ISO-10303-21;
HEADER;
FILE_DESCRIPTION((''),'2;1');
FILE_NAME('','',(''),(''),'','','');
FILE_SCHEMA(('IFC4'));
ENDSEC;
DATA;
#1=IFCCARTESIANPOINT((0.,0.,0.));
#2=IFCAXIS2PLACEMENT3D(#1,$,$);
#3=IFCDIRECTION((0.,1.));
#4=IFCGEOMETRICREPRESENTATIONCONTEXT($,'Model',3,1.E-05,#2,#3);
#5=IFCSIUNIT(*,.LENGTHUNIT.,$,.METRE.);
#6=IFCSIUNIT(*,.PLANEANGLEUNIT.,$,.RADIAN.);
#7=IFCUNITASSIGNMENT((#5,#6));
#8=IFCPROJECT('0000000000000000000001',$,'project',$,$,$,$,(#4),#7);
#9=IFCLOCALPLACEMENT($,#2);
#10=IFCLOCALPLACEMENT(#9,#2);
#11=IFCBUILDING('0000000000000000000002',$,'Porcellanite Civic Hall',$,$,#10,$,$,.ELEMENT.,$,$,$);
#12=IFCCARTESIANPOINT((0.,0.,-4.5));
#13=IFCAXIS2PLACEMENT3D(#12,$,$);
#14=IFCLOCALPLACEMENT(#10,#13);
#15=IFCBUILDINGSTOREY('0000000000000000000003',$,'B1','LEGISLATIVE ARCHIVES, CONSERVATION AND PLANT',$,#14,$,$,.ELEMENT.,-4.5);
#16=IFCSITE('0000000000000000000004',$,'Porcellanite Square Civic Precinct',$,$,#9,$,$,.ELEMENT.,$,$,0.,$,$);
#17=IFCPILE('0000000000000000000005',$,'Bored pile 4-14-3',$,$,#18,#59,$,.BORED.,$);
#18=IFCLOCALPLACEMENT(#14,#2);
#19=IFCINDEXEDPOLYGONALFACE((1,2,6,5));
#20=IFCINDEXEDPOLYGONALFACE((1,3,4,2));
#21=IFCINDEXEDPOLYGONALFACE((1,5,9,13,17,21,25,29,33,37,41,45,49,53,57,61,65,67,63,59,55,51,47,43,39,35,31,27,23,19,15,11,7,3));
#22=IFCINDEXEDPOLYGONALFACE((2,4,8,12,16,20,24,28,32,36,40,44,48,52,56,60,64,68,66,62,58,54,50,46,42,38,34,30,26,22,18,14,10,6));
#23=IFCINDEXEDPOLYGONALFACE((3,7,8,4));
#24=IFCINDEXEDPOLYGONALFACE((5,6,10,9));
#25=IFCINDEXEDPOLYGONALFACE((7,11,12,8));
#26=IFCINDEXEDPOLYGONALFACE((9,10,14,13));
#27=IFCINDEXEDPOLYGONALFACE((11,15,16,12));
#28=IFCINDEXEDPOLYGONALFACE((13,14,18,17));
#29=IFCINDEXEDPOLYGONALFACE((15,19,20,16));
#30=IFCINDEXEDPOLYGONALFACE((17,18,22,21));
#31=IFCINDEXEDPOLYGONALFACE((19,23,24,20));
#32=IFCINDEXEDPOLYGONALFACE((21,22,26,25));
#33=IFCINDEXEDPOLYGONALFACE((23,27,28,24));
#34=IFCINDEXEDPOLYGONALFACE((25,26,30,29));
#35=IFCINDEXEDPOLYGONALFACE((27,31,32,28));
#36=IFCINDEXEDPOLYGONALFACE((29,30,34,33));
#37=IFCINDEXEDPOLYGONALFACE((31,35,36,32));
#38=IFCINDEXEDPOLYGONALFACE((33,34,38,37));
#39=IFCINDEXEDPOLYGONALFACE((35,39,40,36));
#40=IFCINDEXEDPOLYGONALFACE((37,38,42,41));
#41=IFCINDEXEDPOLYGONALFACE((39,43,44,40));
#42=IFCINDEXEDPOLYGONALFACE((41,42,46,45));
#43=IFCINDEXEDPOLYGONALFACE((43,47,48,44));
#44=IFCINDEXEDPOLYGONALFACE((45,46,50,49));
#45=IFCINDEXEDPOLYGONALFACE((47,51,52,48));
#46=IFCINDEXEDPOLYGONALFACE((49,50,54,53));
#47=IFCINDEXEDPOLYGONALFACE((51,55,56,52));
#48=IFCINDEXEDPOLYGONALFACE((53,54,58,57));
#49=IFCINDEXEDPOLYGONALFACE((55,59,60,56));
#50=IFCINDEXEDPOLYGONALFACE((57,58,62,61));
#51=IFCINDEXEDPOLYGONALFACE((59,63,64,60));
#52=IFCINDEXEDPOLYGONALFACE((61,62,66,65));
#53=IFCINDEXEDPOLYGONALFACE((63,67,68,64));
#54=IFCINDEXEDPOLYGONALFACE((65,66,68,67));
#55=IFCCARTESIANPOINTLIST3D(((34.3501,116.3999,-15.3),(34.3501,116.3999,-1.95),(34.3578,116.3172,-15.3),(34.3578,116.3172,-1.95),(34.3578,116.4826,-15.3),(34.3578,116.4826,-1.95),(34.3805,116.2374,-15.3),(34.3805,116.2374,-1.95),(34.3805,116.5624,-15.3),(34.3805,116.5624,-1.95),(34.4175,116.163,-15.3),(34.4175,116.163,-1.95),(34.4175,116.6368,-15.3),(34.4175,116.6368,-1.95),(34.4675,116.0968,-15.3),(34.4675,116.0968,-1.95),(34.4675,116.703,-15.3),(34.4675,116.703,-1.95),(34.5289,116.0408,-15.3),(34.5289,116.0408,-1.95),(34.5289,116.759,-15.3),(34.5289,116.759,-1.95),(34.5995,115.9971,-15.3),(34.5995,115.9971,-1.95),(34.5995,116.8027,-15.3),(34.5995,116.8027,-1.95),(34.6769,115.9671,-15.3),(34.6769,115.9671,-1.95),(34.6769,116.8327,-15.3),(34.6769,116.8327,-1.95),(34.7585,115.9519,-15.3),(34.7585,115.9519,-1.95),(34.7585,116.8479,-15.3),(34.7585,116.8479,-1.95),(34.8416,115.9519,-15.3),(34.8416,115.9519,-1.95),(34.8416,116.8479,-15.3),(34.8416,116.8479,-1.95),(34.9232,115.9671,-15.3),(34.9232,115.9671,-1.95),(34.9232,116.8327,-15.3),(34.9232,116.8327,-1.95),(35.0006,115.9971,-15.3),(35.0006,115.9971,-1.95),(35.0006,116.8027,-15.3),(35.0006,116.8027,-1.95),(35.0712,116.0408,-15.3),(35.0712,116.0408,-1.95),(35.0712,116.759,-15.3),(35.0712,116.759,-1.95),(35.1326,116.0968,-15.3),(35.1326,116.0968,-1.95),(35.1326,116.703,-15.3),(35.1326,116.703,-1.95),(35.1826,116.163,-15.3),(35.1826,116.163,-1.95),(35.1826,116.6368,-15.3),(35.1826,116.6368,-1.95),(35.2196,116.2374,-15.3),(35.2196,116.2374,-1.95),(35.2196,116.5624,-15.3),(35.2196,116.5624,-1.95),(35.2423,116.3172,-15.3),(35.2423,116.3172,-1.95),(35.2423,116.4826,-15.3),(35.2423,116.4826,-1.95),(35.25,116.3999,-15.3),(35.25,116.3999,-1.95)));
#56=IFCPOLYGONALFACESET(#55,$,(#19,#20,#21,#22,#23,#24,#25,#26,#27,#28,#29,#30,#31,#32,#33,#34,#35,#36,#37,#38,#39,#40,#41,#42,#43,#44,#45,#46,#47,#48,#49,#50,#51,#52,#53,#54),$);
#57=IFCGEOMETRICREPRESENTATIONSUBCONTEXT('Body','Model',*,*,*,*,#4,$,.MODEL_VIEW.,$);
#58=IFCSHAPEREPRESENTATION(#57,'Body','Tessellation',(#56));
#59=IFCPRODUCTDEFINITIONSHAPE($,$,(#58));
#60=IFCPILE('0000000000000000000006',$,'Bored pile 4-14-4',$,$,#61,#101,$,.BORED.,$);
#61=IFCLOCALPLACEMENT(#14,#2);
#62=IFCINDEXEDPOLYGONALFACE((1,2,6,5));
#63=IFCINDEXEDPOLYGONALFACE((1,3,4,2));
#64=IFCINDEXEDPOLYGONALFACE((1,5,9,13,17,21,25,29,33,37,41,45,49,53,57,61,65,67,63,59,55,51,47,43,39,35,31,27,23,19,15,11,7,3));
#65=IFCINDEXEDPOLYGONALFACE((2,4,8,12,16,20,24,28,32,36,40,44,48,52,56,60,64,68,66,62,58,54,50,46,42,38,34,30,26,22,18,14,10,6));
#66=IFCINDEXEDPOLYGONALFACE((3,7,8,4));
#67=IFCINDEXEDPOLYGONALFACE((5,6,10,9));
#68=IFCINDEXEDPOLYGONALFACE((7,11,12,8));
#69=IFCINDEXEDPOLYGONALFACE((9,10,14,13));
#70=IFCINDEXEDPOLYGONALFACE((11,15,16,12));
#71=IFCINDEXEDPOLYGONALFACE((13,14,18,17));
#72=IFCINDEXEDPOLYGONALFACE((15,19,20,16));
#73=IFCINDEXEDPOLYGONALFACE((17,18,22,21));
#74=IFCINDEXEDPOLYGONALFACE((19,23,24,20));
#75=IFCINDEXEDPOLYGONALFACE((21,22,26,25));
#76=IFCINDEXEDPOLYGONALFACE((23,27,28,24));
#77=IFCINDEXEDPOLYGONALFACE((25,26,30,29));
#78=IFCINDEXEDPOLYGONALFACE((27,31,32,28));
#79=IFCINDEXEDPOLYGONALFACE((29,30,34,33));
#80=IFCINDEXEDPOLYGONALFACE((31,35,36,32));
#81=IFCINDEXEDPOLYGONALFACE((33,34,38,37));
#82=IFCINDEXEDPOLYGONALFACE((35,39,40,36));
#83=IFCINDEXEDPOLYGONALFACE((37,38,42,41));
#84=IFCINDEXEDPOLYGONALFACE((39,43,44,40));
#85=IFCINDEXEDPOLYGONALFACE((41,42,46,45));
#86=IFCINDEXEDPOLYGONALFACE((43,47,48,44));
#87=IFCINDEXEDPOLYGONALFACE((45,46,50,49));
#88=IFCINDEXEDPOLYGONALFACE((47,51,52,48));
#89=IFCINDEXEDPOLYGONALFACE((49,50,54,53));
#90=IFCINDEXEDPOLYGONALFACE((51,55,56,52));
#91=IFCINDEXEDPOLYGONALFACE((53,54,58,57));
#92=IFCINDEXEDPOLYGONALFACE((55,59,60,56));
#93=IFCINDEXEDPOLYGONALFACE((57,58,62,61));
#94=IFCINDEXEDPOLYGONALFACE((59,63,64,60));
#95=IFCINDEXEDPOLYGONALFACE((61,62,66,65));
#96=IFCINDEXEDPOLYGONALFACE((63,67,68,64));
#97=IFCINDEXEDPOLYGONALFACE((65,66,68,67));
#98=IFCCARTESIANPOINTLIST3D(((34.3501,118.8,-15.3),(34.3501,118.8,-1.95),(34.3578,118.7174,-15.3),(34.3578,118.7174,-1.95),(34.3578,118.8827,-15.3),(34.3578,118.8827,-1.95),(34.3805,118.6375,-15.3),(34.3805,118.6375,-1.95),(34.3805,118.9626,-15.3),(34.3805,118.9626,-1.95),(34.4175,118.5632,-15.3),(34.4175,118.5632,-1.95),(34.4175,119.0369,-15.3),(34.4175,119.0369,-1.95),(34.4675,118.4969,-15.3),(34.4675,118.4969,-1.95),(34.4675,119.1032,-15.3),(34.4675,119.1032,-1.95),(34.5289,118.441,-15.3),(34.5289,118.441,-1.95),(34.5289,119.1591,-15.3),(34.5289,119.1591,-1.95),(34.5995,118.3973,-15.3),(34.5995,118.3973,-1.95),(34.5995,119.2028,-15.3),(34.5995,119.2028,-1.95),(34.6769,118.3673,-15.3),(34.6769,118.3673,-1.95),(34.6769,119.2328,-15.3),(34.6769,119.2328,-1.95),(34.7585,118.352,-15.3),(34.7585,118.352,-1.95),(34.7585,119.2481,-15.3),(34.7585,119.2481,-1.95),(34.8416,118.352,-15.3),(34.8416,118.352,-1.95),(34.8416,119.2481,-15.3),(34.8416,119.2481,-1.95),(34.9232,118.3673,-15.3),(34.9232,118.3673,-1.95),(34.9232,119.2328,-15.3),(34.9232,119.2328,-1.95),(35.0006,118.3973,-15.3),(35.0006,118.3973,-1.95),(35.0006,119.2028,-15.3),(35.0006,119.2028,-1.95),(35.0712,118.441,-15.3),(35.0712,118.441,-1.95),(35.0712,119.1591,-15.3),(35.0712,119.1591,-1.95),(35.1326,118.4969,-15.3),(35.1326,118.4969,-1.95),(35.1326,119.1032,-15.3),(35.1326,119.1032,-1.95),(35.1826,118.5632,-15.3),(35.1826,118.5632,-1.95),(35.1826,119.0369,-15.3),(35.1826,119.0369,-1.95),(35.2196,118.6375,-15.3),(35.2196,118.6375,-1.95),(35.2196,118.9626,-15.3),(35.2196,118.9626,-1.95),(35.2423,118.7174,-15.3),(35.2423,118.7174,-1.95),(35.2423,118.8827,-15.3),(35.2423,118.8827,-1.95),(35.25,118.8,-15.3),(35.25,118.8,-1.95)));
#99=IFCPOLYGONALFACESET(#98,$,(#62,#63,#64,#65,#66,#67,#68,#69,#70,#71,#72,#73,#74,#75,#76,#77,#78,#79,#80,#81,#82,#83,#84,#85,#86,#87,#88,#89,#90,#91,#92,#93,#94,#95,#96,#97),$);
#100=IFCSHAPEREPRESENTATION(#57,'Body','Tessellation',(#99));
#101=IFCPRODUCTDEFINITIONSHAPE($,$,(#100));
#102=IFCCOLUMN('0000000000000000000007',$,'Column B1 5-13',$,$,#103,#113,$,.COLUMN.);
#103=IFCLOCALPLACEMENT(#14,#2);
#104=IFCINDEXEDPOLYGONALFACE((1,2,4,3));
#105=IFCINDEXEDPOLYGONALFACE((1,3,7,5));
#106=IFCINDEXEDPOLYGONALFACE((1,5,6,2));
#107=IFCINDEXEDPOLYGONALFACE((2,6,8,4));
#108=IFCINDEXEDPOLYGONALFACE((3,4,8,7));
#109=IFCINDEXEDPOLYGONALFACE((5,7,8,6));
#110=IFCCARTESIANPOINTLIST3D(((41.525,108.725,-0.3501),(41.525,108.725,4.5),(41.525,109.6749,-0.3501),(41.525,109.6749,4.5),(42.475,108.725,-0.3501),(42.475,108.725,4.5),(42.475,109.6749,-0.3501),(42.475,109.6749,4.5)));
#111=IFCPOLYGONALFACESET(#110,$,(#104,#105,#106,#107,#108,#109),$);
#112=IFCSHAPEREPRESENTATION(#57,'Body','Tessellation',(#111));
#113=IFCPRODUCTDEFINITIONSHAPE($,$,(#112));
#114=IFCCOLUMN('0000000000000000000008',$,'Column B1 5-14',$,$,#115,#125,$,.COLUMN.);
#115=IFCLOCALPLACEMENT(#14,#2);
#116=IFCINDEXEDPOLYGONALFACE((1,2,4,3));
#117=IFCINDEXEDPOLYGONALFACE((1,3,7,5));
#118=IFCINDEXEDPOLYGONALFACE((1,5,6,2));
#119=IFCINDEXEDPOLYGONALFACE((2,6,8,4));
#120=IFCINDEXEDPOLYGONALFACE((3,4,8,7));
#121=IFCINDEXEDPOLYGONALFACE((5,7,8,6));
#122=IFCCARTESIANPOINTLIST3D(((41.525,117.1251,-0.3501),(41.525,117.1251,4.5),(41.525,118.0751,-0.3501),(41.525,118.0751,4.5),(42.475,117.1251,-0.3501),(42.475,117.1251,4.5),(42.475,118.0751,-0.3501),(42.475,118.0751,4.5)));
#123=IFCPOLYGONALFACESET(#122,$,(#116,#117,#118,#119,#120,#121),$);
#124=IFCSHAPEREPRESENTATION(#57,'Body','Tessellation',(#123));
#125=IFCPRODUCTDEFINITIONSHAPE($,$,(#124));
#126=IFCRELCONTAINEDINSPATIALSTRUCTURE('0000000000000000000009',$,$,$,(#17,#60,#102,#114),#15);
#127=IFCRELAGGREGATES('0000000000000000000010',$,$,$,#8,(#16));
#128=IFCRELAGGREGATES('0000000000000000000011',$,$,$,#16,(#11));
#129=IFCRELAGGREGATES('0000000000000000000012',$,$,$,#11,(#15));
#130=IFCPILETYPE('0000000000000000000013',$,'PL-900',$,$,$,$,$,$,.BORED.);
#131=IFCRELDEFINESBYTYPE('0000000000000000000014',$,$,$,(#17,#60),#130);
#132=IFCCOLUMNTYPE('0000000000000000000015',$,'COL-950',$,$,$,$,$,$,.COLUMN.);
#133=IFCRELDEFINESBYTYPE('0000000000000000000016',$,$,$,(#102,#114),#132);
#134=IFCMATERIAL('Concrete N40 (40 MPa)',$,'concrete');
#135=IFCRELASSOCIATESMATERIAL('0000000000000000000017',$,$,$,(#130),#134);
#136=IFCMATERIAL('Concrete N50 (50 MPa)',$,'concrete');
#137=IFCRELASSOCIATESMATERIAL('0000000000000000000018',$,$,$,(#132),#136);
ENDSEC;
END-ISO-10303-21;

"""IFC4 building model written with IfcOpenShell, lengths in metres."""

from ifc_helpers import new_model, si_unit, direction, frame, origin, origin_2d, place, context, subcontext, project, spatial, rectangle, circle, extrude, material, material_profile, profile_set, type_object, element, save


model = new_model("IFC4")

# Units and contexts
model_context = context("Model", 3, precision=1e-05, world=origin(), true_north=direction((0.0, 1.0)))
body_context = subcontext(model_context, "Body", "Model", "MODEL_VIEW")
ifc_project = project(units=[si_unit("LENGTHUNIT", "METRE"), si_unit("PLANEANGLEUNIT", "RADIAN")], contexts=[model_context])

# Site, building, storey
site_placement = place(None, origin())
site = spatial("IfcSite", under=ifc_project, at=site_placement, Name="Porcellanite Square Civic Precinct", CompositionType="ELEMENT", RefElevation=0.0)
building_placement = place(site_placement, origin())
building = spatial("IfcBuilding", under=site, at=building_placement, Name="Porcellanite Civic Hall", CompositionType="ELEMENT")
storey_placement = place(building_placement, frame((0.0, 0.0, -4.5)))
storey = spatial("IfcBuildingStorey", under=building, at=storey_placement, Name="B1", Description="LEGISLATIVE ARCHIVES, CONSERVATION AND PLANT", CompositionType="ELEMENT", Elevation=-4.5)

# Piles
ifc_material_1 = material(Name="Concrete N40 (40 MPa)", Category="concrete")
ifc_material_profile_1 = material_profile(ifc_material_1, circle(Radius=0.45, at=origin_2d()), Name="PILE-D900")
ifc_profile_set_1 = profile_set([ifc_material_profile_1], Name="Concrete N40 (40 MPa)")
pile_type_1 = type_object("IfcPileType", Name="PL-900", PredefinedType="BORED", material=ifc_profile_set_1)
for number, where, z_axis, x_axis, name in (
    (1, (34.8, 116.3999, -1.95), (0.0, 0.0, -1.0), (1.0, 0.0, 0.0), "Bored pile 4-14-3"),
    (2, (34.8, 118.8, -1.95), (0.0, 0.0, -1.0), (1.0, 0.0, 0.0), "Bored pile 4-14-4"),
):
    element("IfcPile", number, at=place(storey_placement, frame(where, z_axis=z_axis, x_axis=x_axis)), inside=storey, type_object=pile_type_1, Name=name, PredefinedType="BORED", context=body_context, shape_type="SweptSolid", body=[
        extrude(circle(Radius=0.45, at=origin_2d()), origin(), (0.0, 0.0, 1.0), 13.3501),
    ])

# Columns
ifc_material_2 = material(Name="Concrete N50 (50 MPa)", Category="concrete")
ifc_material_profile_2 = material_profile(ifc_material_2, rectangle(XDim=0.95, YDim=0.95, at=origin_2d()), Name="RC-950x950")
ifc_profile_set_2 = profile_set([ifc_material_profile_2], Name="Concrete N50 (50 MPa)")
column_type = type_object("IfcColumnType", Name="COL-950", PredefinedType="COLUMN", material=ifc_profile_set_2)
for number, where, z_axis, x_axis, name in (
    (3, (42.0, 109.2, -0.3501), (0.0, 0.0, 1.0), (1.0, 0.0, 0.0), "Column B1 5-13"),
    (4, (42.0, 117.6001, -0.3501), (0.0, 0.0, 1.0), (1.0, 0.0, 0.0), "Column B1 5-14"),
):
    element("IfcColumn", number, at=place(storey_placement, frame(where, z_axis=z_axis, x_axis=x_axis)), inside=storey, type_object=column_type, Name=name, PredefinedType="COLUMN", context=body_context, shape_type="SweptSolid", body=[
        extrude(rectangle(XDim=0.95, YDim=0.95, at=origin_2d()), origin(), (0.0, 0.0, 1.0), 4.8501),
    ])

save(model, "model.ifc")
